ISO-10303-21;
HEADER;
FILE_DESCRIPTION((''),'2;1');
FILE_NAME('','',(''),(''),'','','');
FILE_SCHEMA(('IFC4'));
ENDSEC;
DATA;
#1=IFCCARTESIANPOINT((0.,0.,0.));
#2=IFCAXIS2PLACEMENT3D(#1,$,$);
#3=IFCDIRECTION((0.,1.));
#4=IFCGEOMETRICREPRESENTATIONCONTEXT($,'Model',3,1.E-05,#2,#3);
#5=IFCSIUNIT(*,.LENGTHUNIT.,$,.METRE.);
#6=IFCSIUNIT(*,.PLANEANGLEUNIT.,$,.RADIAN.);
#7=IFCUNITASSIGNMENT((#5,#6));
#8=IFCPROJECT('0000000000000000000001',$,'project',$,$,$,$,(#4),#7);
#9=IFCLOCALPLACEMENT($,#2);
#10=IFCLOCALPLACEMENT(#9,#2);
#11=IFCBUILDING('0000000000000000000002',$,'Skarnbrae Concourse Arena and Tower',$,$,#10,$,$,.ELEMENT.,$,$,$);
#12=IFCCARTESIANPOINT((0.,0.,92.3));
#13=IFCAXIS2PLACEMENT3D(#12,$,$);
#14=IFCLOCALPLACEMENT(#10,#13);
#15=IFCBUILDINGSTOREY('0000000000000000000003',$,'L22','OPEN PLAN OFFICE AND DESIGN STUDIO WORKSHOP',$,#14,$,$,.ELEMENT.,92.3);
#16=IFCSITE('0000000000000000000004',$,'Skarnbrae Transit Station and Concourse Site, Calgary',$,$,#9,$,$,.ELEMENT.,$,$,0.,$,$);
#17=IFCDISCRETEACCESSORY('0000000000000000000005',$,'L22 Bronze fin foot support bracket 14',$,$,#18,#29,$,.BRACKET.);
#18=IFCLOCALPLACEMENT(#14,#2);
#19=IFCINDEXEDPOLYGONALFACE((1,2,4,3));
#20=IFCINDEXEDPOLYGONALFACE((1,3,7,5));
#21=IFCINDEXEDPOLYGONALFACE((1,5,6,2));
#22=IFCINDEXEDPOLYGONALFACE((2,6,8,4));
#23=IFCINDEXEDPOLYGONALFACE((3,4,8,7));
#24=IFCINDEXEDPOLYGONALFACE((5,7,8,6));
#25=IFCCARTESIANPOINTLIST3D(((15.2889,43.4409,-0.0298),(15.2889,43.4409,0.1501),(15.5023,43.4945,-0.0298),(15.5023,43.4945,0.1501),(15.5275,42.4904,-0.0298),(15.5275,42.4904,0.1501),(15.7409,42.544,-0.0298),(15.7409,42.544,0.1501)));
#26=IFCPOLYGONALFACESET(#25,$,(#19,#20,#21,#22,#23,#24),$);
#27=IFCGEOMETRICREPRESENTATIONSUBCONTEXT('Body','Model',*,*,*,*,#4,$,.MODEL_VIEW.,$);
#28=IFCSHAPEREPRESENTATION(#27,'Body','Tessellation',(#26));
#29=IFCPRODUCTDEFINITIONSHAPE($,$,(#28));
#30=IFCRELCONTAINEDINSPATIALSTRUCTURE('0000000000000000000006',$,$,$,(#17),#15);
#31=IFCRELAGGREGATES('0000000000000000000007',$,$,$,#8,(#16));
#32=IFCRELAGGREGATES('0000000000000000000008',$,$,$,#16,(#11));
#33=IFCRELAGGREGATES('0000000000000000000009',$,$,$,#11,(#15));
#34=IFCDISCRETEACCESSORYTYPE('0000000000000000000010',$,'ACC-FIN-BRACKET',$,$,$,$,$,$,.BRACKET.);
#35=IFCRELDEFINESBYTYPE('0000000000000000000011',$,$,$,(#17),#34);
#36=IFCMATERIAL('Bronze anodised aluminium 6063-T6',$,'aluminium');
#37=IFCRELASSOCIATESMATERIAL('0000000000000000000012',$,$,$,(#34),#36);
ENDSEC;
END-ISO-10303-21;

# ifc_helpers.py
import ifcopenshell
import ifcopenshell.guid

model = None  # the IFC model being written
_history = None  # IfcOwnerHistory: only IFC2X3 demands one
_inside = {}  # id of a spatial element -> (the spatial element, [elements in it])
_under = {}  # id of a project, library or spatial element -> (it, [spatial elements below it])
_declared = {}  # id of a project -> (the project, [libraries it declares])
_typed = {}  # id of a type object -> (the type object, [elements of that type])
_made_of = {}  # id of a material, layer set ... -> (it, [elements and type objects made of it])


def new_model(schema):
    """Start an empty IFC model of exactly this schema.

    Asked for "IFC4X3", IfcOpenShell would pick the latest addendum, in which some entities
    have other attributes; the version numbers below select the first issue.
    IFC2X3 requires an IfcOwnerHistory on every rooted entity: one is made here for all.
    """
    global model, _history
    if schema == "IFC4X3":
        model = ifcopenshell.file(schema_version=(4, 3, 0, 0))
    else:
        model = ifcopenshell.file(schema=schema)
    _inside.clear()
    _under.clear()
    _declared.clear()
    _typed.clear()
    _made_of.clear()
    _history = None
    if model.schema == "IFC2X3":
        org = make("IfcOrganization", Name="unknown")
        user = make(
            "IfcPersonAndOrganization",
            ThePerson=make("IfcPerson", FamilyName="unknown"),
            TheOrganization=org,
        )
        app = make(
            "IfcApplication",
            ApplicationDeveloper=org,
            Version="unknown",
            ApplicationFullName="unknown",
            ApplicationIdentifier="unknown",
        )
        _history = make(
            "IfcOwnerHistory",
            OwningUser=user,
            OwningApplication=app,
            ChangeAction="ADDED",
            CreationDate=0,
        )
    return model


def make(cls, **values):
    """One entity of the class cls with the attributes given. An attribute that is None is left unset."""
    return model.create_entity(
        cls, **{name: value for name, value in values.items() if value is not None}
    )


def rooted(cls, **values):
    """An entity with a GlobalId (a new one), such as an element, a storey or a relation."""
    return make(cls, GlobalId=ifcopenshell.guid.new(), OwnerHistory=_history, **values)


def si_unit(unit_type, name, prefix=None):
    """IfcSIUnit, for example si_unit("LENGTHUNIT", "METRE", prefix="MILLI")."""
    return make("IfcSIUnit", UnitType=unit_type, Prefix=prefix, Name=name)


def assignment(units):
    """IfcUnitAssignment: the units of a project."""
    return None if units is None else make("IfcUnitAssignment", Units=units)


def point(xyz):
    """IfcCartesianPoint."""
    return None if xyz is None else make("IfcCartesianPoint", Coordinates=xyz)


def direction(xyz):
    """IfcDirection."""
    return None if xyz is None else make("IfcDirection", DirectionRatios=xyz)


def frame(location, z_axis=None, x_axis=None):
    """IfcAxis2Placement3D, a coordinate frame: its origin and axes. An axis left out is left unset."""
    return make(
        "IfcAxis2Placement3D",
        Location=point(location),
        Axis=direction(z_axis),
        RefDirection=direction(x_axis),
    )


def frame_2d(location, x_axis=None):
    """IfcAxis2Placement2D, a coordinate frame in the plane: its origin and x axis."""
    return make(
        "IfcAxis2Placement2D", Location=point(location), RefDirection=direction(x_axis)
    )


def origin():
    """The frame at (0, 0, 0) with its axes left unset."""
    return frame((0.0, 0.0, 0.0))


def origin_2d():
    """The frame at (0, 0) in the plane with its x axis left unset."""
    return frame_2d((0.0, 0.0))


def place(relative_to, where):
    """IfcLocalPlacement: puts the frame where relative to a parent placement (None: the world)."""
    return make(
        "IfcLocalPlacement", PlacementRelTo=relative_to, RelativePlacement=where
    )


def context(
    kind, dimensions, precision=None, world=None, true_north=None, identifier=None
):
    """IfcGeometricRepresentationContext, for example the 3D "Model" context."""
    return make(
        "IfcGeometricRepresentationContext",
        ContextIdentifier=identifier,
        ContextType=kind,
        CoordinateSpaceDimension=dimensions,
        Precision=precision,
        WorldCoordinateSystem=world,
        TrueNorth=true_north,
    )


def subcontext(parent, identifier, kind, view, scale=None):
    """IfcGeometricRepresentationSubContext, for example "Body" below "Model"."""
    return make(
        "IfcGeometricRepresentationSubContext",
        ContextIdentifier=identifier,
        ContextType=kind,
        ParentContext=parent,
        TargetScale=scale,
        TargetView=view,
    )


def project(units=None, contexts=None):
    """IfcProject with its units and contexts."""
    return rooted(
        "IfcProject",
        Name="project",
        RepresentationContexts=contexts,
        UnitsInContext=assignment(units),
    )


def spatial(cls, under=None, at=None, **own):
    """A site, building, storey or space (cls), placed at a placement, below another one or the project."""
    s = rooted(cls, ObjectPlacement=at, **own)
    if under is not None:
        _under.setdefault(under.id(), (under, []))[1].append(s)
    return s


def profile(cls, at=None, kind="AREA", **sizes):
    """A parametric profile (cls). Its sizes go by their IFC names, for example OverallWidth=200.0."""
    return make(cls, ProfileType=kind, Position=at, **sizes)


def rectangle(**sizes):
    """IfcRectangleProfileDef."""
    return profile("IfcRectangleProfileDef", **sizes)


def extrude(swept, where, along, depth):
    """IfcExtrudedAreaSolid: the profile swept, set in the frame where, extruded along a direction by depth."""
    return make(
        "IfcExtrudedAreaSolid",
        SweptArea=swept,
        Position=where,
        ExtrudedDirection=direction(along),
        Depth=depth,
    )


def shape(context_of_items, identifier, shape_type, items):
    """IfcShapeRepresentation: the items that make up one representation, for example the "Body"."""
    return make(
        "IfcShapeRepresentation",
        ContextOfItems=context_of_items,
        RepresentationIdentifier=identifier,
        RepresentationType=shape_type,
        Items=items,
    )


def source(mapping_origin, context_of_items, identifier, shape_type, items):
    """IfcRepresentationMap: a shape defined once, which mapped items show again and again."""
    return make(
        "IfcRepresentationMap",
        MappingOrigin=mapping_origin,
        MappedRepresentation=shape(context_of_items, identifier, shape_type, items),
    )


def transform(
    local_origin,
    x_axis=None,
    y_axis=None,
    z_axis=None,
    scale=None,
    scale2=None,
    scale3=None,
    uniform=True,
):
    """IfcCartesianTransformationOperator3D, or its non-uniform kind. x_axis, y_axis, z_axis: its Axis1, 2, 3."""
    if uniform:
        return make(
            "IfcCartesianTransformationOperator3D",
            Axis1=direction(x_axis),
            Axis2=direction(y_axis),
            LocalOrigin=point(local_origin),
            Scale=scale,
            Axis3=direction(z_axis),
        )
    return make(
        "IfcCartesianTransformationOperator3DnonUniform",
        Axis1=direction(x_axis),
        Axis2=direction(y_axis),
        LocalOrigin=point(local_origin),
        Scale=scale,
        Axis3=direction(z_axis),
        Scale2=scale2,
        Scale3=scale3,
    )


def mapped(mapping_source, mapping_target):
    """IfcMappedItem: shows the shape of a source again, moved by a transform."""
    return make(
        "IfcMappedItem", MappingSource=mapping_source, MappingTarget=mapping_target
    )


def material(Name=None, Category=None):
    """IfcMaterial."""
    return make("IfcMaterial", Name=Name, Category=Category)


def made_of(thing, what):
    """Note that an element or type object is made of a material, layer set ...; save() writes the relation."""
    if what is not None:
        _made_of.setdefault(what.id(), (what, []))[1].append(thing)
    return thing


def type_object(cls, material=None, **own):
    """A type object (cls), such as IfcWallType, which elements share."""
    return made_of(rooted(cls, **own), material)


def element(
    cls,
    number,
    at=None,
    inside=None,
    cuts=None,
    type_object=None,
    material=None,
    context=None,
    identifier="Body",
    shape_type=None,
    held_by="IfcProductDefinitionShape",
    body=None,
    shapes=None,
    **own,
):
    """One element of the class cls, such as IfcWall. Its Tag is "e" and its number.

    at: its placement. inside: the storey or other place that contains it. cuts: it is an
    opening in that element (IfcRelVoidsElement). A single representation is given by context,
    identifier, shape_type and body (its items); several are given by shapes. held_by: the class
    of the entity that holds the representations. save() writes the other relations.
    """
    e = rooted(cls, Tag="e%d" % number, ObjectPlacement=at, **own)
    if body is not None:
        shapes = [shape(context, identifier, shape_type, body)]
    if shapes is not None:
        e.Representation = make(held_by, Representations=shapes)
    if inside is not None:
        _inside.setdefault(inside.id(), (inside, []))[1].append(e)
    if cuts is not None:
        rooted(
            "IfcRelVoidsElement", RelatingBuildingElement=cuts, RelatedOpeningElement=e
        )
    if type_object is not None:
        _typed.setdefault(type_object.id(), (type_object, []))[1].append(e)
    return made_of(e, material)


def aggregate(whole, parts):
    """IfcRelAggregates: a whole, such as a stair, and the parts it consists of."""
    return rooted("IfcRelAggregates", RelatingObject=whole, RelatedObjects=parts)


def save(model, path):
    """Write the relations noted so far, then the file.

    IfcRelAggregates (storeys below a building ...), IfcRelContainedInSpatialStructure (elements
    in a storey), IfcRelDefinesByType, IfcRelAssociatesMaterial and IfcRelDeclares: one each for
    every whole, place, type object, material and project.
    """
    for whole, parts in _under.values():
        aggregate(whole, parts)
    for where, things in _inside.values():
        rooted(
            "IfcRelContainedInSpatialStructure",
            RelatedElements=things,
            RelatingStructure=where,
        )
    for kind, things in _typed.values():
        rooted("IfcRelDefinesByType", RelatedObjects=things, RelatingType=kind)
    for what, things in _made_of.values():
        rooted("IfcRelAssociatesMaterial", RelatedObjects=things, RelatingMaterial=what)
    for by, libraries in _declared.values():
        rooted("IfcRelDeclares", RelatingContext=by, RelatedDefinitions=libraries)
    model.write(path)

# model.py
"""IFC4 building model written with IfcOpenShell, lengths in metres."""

from ifc_helpers import new_model, si_unit, direction, frame, origin, origin_2d, place, context, subcontext, project, spatial, rectangle, extrude, source, transform, mapped, material, type_object, element, save


model = new_model("IFC4")

# Units and contexts
model_context = context("Model", 3, precision=1e-05, world=origin(), true_north=direction((0.0, 1.0)))
body_context = subcontext(model_context, "Body", "Model", "MODEL_VIEW")
ifc_project = project(units=[si_unit("LENGTHUNIT", "METRE"), si_unit("PLANEANGLEUNIT", "RADIAN")], contexts=[model_context])

# Site, building, storey
site_placement = place(None, origin())
site = spatial("IfcSite", under=ifc_project, at=site_placement, Name="Skarnbrae Transit Station and Concourse Site, Calgary", CompositionType="ELEMENT", RefElevation=0.0)
building_placement = place(site_placement, origin())
building = spatial("IfcBuilding", under=site, at=building_placement, Name="Skarnbrae Concourse Arena and Tower", CompositionType="ELEMENT")
storey_placement = place(building_placement, frame((0.0, 0.0, 92.3)))
storey = spatial("IfcBuildingStorey", under=building, at=storey_placement, Name="L22", Description="OPEN PLAN OFFICE AND DESIGN STUDIO WORKSHOP", CompositionType="ELEMENT", Elevation=92.3)

# Shared definitions
ifc_material_1 = material(Name="Bronze anodised aluminium 6063-T6", Category="aluminium")

# Discrete accessory
discrete_accessory_type = type_object("IfcDiscreteAccessoryType", Name="ACC-FIN-BRACKET", PredefinedType="BRACKET", material=ifc_material_1)
shared_shape_1 = source(origin(), body_context, "Body", "SweptSolid", [
    extrude(rectangle(XDim=0.22, YDim=0.98, at=origin_2d()), origin(), (0.0, 0.0, 1.0), 0.1799),
])
for number, where, z_axis, x_axis, name in (
    (1, (15.5149, 42.9924, -0.0298), (0.0, 0.0, 1.0), (0.969902, 0.243497, 0.0), "L22 Bronze fin foot support bracket 14"),
):
    element("IfcDiscreteAccessory", number, at=place(storey_placement, frame(where, z_axis=z_axis, x_axis=x_axis)), inside=storey, type_object=discrete_accessory_type, Name=name, PredefinedType="BRACKET", context=body_context, shape_type="MappedRepresentation", body=[
        mapped(shared_shape_1, transform((0.0, 0.0, 0.0))),
    ])

save(model, "model.ifc")
